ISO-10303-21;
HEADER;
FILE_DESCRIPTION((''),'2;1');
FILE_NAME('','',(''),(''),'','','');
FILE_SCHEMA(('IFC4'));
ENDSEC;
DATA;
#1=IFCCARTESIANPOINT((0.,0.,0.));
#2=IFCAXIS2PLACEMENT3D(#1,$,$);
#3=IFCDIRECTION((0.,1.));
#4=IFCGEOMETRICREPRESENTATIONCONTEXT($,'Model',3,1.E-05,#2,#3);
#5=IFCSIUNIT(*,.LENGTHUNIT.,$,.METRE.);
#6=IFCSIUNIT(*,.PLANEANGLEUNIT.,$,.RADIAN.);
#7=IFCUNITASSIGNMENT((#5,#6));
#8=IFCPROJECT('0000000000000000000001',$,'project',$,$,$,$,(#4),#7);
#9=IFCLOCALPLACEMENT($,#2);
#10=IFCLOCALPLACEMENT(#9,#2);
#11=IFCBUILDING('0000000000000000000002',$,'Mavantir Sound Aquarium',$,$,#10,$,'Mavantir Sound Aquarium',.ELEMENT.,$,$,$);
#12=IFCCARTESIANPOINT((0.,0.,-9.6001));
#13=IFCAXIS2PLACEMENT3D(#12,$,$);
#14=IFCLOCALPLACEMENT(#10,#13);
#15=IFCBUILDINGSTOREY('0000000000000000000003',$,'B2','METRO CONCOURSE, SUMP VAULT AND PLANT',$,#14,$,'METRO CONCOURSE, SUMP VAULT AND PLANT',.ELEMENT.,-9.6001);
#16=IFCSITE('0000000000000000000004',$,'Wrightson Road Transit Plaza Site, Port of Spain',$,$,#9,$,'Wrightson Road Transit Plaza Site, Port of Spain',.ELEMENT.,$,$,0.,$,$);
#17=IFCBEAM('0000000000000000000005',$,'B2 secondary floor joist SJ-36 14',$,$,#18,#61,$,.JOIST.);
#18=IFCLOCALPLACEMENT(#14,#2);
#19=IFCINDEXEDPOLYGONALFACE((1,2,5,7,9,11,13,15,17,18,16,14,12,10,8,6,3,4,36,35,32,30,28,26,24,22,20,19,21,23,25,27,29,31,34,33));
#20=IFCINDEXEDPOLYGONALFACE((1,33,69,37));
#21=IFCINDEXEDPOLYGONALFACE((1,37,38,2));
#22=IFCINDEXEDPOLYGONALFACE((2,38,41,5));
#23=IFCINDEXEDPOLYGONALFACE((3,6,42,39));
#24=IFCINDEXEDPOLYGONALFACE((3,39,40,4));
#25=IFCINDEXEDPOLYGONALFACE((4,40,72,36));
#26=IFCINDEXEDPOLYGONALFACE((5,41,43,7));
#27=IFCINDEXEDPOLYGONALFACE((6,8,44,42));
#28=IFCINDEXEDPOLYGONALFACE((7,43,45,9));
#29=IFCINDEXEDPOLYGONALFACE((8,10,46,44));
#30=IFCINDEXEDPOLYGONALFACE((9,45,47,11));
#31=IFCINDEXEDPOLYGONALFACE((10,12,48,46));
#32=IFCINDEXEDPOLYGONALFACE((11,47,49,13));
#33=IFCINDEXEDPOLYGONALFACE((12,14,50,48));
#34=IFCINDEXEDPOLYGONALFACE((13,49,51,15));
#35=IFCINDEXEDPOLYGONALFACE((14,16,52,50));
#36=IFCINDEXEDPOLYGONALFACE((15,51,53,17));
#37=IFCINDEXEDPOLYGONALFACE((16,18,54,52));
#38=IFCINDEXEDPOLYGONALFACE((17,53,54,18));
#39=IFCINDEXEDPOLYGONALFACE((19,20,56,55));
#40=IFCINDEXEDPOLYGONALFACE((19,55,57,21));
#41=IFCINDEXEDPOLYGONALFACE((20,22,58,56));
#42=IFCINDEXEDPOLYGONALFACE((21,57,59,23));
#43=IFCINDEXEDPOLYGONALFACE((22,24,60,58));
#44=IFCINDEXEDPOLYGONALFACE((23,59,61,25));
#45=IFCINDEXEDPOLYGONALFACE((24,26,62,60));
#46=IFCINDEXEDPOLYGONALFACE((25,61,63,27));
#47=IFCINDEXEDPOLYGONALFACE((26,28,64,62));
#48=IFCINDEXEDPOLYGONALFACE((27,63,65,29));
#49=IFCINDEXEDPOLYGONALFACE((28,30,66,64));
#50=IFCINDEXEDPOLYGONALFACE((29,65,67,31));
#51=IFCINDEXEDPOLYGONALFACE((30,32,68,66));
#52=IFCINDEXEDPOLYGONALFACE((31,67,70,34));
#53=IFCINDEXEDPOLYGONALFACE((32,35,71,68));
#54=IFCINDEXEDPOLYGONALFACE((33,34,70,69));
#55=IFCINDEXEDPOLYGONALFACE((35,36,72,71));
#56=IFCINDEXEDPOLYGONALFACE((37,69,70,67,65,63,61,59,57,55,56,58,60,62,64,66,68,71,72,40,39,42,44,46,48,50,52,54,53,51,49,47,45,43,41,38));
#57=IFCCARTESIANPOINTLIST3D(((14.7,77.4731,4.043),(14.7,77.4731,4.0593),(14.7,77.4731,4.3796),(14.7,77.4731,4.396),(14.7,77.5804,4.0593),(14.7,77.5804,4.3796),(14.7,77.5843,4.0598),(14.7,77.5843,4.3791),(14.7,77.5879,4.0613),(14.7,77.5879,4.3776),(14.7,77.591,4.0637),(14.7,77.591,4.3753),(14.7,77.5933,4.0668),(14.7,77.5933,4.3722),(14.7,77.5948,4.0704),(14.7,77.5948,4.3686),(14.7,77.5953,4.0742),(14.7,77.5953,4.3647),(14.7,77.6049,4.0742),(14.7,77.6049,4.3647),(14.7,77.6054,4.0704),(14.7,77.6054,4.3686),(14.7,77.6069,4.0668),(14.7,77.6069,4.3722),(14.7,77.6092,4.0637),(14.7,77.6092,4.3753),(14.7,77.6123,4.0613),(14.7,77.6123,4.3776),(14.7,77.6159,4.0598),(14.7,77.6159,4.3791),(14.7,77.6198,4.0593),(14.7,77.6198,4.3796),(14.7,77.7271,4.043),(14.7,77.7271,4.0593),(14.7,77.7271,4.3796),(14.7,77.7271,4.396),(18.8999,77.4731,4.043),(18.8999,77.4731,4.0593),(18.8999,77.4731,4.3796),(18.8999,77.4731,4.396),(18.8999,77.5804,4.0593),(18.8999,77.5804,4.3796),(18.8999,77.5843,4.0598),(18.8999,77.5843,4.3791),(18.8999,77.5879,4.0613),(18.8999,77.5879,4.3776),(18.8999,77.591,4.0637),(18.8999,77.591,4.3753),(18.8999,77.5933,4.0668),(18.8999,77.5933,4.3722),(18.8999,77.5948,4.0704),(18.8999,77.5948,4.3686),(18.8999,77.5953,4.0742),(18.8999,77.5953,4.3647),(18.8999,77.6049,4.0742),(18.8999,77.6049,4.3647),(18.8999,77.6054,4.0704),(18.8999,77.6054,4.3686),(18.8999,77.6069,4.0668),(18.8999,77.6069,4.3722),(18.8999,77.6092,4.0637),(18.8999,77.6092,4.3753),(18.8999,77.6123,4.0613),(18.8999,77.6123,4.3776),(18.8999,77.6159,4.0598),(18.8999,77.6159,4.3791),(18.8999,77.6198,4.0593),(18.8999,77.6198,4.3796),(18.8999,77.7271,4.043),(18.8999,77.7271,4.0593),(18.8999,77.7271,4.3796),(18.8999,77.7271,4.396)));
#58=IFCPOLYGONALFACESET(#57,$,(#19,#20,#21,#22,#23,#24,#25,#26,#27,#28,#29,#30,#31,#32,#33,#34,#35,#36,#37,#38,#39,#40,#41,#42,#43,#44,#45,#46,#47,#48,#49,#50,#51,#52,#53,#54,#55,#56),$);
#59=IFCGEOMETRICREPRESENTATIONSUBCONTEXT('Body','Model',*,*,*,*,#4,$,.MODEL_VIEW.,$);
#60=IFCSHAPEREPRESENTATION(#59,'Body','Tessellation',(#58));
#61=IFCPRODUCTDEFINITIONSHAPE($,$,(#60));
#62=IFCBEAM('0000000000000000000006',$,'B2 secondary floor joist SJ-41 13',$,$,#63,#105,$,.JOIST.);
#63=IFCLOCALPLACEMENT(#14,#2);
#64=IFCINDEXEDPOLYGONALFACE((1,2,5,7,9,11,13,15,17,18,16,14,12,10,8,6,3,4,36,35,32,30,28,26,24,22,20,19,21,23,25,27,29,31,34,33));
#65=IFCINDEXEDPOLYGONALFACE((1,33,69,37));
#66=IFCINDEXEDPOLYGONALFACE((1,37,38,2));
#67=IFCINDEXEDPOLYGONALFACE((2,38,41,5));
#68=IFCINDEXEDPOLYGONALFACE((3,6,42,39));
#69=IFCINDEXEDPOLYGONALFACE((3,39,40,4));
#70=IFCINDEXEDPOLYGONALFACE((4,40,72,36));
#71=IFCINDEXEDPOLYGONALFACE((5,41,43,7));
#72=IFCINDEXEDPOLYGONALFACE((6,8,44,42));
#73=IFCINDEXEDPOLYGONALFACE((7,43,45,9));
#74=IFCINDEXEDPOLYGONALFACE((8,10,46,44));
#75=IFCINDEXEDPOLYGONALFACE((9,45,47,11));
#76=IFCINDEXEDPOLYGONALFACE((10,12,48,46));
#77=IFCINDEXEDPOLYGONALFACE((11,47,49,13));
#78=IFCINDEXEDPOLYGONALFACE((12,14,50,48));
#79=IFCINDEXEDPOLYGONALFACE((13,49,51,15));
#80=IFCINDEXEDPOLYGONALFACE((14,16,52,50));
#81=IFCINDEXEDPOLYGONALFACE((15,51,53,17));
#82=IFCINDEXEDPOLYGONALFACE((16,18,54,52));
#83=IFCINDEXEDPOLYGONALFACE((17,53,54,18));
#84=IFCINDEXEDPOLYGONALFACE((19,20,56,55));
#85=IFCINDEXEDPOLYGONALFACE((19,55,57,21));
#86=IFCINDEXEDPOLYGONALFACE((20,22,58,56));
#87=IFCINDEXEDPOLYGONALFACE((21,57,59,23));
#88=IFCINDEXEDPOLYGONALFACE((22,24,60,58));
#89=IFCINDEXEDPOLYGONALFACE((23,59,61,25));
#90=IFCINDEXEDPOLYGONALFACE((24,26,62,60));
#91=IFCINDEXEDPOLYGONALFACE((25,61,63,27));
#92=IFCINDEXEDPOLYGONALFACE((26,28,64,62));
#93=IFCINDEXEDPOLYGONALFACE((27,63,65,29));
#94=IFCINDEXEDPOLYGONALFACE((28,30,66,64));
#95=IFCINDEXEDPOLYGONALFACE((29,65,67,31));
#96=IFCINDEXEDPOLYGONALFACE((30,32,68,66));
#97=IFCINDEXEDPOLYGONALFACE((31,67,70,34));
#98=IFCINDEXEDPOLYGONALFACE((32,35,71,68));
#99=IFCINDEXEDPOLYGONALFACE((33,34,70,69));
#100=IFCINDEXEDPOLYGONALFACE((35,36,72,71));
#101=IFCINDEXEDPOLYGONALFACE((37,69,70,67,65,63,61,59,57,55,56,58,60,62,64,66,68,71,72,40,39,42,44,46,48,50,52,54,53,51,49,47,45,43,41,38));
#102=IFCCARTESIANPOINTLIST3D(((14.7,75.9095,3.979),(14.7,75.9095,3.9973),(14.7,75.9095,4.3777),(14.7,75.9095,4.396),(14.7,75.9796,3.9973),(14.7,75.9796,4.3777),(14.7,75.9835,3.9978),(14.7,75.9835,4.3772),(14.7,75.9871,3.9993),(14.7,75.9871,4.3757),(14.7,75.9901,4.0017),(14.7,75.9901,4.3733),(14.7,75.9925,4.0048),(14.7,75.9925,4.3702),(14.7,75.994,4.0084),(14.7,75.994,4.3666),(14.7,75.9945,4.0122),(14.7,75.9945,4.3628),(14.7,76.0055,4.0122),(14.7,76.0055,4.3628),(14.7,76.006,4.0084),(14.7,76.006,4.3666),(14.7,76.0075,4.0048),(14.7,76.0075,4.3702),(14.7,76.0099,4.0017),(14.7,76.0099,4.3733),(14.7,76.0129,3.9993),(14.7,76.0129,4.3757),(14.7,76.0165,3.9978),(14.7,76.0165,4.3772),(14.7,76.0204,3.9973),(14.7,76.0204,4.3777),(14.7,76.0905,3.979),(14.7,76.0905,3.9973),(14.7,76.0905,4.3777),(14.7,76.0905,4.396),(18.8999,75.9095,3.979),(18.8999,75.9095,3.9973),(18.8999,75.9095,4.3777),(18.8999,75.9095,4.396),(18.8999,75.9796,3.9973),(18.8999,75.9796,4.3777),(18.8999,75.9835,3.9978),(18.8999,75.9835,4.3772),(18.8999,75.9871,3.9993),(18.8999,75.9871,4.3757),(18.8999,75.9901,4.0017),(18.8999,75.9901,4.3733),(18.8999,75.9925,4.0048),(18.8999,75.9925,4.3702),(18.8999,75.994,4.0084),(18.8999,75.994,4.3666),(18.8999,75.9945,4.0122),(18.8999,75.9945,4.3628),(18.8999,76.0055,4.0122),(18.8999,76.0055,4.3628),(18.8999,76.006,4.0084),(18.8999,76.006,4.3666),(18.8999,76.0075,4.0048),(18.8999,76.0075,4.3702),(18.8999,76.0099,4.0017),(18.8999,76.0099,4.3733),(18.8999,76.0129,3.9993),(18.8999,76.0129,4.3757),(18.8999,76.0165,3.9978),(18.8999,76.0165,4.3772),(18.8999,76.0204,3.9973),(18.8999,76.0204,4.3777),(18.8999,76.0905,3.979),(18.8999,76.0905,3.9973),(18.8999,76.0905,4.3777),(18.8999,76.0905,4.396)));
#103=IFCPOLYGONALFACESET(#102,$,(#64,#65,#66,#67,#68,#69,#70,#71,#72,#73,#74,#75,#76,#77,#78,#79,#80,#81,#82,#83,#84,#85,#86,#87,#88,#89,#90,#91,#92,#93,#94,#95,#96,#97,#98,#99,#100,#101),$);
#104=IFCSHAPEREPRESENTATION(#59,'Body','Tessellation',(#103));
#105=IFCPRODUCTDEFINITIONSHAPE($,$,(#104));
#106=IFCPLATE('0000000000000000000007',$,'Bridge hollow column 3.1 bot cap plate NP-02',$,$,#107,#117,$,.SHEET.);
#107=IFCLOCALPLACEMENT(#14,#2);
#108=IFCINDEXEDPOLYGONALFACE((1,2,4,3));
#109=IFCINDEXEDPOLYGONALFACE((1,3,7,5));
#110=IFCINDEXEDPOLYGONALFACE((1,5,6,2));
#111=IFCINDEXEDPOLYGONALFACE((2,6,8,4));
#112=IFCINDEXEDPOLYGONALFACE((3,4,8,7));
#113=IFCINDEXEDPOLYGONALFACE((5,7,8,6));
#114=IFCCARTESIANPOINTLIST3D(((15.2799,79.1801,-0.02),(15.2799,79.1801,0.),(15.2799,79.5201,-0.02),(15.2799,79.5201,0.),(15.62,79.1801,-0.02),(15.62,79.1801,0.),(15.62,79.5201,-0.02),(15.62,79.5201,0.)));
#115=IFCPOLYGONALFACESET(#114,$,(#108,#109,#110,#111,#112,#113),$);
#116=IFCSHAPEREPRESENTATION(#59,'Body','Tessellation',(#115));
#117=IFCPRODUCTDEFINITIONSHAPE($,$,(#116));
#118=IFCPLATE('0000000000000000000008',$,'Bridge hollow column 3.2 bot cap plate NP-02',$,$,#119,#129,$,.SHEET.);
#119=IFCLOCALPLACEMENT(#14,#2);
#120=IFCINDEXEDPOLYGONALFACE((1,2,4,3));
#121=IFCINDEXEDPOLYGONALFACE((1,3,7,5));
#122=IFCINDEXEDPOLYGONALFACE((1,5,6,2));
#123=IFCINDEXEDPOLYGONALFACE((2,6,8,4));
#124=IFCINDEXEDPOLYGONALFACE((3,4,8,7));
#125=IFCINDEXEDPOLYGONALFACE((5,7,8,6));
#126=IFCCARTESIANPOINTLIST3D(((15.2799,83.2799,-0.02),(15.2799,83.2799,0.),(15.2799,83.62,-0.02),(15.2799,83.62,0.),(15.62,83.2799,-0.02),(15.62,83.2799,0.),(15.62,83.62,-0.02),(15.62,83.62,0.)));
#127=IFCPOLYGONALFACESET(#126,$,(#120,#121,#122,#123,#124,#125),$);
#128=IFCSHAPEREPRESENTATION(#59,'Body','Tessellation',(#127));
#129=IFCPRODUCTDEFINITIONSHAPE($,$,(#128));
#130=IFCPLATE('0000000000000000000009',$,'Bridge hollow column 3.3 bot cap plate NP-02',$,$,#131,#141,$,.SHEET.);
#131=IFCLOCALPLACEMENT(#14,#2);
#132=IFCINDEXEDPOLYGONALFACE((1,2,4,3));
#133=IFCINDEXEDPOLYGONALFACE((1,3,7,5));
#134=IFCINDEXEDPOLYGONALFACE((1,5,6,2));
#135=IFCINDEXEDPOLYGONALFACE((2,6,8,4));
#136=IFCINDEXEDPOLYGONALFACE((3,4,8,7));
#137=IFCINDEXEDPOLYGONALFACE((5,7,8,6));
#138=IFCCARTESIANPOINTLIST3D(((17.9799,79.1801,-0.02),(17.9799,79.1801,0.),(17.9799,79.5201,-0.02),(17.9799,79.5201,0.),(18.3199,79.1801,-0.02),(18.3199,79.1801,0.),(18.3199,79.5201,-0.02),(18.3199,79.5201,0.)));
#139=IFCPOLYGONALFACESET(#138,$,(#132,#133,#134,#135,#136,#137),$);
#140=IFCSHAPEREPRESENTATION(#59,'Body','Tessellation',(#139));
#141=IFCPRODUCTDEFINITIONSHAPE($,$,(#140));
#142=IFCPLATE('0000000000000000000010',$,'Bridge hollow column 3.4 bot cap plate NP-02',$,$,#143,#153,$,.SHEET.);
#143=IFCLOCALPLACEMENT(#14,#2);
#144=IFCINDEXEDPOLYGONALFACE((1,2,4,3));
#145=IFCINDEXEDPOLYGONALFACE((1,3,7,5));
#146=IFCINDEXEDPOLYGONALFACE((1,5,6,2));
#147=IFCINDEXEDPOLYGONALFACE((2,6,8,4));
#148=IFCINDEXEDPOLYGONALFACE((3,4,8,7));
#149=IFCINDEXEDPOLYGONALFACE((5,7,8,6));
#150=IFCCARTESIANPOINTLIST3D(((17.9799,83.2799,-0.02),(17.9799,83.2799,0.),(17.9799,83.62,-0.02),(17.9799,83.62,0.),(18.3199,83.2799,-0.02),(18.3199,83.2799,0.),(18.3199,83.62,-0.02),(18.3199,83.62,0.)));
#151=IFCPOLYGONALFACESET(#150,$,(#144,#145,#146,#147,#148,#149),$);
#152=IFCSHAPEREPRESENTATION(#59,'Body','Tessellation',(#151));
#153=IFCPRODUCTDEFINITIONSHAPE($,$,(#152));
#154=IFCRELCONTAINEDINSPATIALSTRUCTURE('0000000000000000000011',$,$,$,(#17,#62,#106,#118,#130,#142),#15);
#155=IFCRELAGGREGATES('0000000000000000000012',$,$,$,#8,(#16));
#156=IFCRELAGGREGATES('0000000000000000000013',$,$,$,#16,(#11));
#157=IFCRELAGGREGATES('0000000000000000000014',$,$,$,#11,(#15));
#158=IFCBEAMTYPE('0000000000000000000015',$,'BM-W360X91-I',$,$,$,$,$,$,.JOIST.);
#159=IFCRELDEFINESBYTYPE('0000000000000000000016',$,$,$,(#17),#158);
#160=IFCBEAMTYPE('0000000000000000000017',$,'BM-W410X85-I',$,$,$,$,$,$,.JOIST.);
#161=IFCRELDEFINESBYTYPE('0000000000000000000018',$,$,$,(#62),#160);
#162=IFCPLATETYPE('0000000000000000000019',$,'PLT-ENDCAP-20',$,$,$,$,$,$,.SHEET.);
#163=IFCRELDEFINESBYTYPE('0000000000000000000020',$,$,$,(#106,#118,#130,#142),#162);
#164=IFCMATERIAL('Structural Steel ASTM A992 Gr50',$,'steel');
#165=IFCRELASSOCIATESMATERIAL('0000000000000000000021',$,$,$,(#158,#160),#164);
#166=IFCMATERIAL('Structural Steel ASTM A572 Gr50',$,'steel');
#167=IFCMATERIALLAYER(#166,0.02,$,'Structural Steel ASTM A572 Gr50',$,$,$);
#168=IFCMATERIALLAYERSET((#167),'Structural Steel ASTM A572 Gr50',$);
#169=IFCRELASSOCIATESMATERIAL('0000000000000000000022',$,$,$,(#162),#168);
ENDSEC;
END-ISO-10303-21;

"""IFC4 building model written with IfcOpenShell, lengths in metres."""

from ifc_helpers import new_model, si_unit, direction, frame, origin, origin_2d, place, context, subcontext, project, spatial, rectangle, i_section, extrude, material, layer, layer_set, material_profile, profile_set, type_object, element, save


model = new_model("IFC4")

# Units and contexts
model_context = context("Model", 3, precision=1e-05, world=origin(), true_north=direction((0.0, 1.0)))
body_context = subcontext(model_context, "Body", "Model", "MODEL_VIEW")
ifc_project = project(units=[si_unit("LENGTHUNIT", "METRE"), si_unit("PLANEANGLEUNIT", "RADIAN")], contexts=[model_context])

# Site, building, storey
site_placement = place(None, origin())
site = spatial("IfcSite", under=ifc_project, at=site_placement, Name="Wrightson Road Transit Plaza Site, Port of Spain", LongName="Wrightson Road Transit Plaza Site, Port of Spain", CompositionType="ELEMENT", RefElevation=0.0)
building_placement = place(site_placement, origin())
building = spatial("IfcBuilding", under=site, at=building_placement, Name="Mavantir Sound Aquarium", LongName="Mavantir Sound Aquarium", CompositionType="ELEMENT")
storey_placement = place(building_placement, frame((0.0, 0.0, -9.6001)))
storey = spatial("IfcBuildingStorey", under=building, at=storey_placement, Name="B2", Description="METRO CONCOURSE, SUMP VAULT AND PLANT", LongName="METRO CONCOURSE, SUMP VAULT AND PLANT", CompositionType="ELEMENT", Elevation=-9.6001)

# Beams
ifc_material_1 = material(Name="Structural Steel ASTM A992 Gr50", Category="steel")
ifc_material_profile_1 = material_profile(ifc_material_1, i_section(OverallWidth=0.2539, OverallDepth=0.353, WebThickness=0.0095, FlangeThickness=0.0164, FilletRadius=0.0149, at=origin_2d()), Name="W360X91")
ifc_profile_set_1 = profile_set([ifc_material_profile_1], Name="Structural Steel ASTM A992 Gr50")
beam_type_1 = type_object("IfcBeamType", Name="BM-W360X91-I", PredefinedType="JOIST", material=ifc_profile_set_1)
beam_1_placement = place(storey_placement, frame((14.7, 77.6001, 4.2195), z_axis=(1.0, 0.0, 0.0), x_axis=(0.0, 1.0, 0.0)))
element("IfcBeam", 1, at=beam_1_placement, inside=storey, type_object=beam_type_1, Name="B2 secondary floor joist SJ-36 14", PredefinedType="JOIST", context=body_context, shape_type="SweptSolid", body=[
    extrude(i_section(OverallWidth=0.2539, OverallDepth=0.353, WebThickness=0.0095, FlangeThickness=0.0164, FilletRadius=0.0149, at=origin_2d()), origin(), (0.0, 0.0, 1.0), 4.2),
])
ifc_material_profile_2 = material_profile(ifc_material_1, i_section(OverallWidth=0.1809, OverallDepth=0.417, WebThickness=0.011, FlangeThickness=0.0183, FilletRadius=0.0149, at=origin_2d()), Name="W410X85")
ifc_profile_set_2 = profile_set([ifc_material_profile_2], Name="Structural Steel ASTM A992 Gr50")
beam_type_2 = type_object("IfcBeamType", Name="BM-W410X85-I", PredefinedType="JOIST", material=ifc_profile_set_2)
beam_2_placement = place(storey_placement, frame((14.7, 76.0, 4.1875), z_axis=(1.0, 0.0, 0.0), x_axis=(0.0, 1.0, 0.0)))
element("IfcBeam", 2, at=beam_2_placement, inside=storey, type_object=beam_type_2, Name="B2 secondary floor joist SJ-41 13", PredefinedType="JOIST", context=body_context, shape_type="SweptSolid", body=[
    extrude(i_section(OverallWidth=0.1809, OverallDepth=0.417, WebThickness=0.011, FlangeThickness=0.0183, FilletRadius=0.0149, at=origin_2d()), origin(), (0.0, 0.0, 1.0), 4.2),
])

# Plates
ifc_material_2 = material(Name="Structural Steel ASTM A572 Gr50", Category="steel")
ifc_layer = layer(ifc_material_2, 0.02, Name="Structural Steel ASTM A572 Gr50")
ifc_layer_set = layer_set([ifc_layer], Name="Structural Steel ASTM A572 Gr50")
plate_type = type_object("IfcPlateType", Name="PLT-ENDCAP-20", PredefinedType="SHEET", material=ifc_layer_set)
for number, where, z_axis, x_axis, name in (
    (3, (15.45, 79.3501, -0.02), (0.0, 0.0, 1.0), (1.0, 0.0, 0.0), "Bridge hollow column 3.1 bot cap plate NP-02"),
    (4, (15.45, 83.45, -0.02), (0.0, 0.0, 1.0), (1.0, 0.0, 0.0), "Bridge hollow column 3.2 bot cap plate NP-02"),
    (5, (18.1499, 79.3501, -0.02), (0.0, 0.0, 1.0), (1.0, 0.0, 0.0), "Bridge hollow column 3.3 bot cap plate NP-02"),
    (6, (18.1499, 83.45, -0.02), (0.0, 0.0, 1.0), (1.0, 0.0, 0.0), "Bridge hollow column 3.4 bot cap plate NP-02"),
):
    element("IfcPlate", number, at=place(storey_placement, frame(where, z_axis=z_axis, x_axis=x_axis)), inside=storey, type_object=plate_type, Name=name, PredefinedType="SHEET", context=body_context, shape_type="SweptSolid", body=[
        extrude(rectangle(XDim=0.3401, YDim=0.3401, at=origin_2d()), origin(), (0.0, 0.0, 1.0), 0.02),
    ])

save(model, "model.ifc")
